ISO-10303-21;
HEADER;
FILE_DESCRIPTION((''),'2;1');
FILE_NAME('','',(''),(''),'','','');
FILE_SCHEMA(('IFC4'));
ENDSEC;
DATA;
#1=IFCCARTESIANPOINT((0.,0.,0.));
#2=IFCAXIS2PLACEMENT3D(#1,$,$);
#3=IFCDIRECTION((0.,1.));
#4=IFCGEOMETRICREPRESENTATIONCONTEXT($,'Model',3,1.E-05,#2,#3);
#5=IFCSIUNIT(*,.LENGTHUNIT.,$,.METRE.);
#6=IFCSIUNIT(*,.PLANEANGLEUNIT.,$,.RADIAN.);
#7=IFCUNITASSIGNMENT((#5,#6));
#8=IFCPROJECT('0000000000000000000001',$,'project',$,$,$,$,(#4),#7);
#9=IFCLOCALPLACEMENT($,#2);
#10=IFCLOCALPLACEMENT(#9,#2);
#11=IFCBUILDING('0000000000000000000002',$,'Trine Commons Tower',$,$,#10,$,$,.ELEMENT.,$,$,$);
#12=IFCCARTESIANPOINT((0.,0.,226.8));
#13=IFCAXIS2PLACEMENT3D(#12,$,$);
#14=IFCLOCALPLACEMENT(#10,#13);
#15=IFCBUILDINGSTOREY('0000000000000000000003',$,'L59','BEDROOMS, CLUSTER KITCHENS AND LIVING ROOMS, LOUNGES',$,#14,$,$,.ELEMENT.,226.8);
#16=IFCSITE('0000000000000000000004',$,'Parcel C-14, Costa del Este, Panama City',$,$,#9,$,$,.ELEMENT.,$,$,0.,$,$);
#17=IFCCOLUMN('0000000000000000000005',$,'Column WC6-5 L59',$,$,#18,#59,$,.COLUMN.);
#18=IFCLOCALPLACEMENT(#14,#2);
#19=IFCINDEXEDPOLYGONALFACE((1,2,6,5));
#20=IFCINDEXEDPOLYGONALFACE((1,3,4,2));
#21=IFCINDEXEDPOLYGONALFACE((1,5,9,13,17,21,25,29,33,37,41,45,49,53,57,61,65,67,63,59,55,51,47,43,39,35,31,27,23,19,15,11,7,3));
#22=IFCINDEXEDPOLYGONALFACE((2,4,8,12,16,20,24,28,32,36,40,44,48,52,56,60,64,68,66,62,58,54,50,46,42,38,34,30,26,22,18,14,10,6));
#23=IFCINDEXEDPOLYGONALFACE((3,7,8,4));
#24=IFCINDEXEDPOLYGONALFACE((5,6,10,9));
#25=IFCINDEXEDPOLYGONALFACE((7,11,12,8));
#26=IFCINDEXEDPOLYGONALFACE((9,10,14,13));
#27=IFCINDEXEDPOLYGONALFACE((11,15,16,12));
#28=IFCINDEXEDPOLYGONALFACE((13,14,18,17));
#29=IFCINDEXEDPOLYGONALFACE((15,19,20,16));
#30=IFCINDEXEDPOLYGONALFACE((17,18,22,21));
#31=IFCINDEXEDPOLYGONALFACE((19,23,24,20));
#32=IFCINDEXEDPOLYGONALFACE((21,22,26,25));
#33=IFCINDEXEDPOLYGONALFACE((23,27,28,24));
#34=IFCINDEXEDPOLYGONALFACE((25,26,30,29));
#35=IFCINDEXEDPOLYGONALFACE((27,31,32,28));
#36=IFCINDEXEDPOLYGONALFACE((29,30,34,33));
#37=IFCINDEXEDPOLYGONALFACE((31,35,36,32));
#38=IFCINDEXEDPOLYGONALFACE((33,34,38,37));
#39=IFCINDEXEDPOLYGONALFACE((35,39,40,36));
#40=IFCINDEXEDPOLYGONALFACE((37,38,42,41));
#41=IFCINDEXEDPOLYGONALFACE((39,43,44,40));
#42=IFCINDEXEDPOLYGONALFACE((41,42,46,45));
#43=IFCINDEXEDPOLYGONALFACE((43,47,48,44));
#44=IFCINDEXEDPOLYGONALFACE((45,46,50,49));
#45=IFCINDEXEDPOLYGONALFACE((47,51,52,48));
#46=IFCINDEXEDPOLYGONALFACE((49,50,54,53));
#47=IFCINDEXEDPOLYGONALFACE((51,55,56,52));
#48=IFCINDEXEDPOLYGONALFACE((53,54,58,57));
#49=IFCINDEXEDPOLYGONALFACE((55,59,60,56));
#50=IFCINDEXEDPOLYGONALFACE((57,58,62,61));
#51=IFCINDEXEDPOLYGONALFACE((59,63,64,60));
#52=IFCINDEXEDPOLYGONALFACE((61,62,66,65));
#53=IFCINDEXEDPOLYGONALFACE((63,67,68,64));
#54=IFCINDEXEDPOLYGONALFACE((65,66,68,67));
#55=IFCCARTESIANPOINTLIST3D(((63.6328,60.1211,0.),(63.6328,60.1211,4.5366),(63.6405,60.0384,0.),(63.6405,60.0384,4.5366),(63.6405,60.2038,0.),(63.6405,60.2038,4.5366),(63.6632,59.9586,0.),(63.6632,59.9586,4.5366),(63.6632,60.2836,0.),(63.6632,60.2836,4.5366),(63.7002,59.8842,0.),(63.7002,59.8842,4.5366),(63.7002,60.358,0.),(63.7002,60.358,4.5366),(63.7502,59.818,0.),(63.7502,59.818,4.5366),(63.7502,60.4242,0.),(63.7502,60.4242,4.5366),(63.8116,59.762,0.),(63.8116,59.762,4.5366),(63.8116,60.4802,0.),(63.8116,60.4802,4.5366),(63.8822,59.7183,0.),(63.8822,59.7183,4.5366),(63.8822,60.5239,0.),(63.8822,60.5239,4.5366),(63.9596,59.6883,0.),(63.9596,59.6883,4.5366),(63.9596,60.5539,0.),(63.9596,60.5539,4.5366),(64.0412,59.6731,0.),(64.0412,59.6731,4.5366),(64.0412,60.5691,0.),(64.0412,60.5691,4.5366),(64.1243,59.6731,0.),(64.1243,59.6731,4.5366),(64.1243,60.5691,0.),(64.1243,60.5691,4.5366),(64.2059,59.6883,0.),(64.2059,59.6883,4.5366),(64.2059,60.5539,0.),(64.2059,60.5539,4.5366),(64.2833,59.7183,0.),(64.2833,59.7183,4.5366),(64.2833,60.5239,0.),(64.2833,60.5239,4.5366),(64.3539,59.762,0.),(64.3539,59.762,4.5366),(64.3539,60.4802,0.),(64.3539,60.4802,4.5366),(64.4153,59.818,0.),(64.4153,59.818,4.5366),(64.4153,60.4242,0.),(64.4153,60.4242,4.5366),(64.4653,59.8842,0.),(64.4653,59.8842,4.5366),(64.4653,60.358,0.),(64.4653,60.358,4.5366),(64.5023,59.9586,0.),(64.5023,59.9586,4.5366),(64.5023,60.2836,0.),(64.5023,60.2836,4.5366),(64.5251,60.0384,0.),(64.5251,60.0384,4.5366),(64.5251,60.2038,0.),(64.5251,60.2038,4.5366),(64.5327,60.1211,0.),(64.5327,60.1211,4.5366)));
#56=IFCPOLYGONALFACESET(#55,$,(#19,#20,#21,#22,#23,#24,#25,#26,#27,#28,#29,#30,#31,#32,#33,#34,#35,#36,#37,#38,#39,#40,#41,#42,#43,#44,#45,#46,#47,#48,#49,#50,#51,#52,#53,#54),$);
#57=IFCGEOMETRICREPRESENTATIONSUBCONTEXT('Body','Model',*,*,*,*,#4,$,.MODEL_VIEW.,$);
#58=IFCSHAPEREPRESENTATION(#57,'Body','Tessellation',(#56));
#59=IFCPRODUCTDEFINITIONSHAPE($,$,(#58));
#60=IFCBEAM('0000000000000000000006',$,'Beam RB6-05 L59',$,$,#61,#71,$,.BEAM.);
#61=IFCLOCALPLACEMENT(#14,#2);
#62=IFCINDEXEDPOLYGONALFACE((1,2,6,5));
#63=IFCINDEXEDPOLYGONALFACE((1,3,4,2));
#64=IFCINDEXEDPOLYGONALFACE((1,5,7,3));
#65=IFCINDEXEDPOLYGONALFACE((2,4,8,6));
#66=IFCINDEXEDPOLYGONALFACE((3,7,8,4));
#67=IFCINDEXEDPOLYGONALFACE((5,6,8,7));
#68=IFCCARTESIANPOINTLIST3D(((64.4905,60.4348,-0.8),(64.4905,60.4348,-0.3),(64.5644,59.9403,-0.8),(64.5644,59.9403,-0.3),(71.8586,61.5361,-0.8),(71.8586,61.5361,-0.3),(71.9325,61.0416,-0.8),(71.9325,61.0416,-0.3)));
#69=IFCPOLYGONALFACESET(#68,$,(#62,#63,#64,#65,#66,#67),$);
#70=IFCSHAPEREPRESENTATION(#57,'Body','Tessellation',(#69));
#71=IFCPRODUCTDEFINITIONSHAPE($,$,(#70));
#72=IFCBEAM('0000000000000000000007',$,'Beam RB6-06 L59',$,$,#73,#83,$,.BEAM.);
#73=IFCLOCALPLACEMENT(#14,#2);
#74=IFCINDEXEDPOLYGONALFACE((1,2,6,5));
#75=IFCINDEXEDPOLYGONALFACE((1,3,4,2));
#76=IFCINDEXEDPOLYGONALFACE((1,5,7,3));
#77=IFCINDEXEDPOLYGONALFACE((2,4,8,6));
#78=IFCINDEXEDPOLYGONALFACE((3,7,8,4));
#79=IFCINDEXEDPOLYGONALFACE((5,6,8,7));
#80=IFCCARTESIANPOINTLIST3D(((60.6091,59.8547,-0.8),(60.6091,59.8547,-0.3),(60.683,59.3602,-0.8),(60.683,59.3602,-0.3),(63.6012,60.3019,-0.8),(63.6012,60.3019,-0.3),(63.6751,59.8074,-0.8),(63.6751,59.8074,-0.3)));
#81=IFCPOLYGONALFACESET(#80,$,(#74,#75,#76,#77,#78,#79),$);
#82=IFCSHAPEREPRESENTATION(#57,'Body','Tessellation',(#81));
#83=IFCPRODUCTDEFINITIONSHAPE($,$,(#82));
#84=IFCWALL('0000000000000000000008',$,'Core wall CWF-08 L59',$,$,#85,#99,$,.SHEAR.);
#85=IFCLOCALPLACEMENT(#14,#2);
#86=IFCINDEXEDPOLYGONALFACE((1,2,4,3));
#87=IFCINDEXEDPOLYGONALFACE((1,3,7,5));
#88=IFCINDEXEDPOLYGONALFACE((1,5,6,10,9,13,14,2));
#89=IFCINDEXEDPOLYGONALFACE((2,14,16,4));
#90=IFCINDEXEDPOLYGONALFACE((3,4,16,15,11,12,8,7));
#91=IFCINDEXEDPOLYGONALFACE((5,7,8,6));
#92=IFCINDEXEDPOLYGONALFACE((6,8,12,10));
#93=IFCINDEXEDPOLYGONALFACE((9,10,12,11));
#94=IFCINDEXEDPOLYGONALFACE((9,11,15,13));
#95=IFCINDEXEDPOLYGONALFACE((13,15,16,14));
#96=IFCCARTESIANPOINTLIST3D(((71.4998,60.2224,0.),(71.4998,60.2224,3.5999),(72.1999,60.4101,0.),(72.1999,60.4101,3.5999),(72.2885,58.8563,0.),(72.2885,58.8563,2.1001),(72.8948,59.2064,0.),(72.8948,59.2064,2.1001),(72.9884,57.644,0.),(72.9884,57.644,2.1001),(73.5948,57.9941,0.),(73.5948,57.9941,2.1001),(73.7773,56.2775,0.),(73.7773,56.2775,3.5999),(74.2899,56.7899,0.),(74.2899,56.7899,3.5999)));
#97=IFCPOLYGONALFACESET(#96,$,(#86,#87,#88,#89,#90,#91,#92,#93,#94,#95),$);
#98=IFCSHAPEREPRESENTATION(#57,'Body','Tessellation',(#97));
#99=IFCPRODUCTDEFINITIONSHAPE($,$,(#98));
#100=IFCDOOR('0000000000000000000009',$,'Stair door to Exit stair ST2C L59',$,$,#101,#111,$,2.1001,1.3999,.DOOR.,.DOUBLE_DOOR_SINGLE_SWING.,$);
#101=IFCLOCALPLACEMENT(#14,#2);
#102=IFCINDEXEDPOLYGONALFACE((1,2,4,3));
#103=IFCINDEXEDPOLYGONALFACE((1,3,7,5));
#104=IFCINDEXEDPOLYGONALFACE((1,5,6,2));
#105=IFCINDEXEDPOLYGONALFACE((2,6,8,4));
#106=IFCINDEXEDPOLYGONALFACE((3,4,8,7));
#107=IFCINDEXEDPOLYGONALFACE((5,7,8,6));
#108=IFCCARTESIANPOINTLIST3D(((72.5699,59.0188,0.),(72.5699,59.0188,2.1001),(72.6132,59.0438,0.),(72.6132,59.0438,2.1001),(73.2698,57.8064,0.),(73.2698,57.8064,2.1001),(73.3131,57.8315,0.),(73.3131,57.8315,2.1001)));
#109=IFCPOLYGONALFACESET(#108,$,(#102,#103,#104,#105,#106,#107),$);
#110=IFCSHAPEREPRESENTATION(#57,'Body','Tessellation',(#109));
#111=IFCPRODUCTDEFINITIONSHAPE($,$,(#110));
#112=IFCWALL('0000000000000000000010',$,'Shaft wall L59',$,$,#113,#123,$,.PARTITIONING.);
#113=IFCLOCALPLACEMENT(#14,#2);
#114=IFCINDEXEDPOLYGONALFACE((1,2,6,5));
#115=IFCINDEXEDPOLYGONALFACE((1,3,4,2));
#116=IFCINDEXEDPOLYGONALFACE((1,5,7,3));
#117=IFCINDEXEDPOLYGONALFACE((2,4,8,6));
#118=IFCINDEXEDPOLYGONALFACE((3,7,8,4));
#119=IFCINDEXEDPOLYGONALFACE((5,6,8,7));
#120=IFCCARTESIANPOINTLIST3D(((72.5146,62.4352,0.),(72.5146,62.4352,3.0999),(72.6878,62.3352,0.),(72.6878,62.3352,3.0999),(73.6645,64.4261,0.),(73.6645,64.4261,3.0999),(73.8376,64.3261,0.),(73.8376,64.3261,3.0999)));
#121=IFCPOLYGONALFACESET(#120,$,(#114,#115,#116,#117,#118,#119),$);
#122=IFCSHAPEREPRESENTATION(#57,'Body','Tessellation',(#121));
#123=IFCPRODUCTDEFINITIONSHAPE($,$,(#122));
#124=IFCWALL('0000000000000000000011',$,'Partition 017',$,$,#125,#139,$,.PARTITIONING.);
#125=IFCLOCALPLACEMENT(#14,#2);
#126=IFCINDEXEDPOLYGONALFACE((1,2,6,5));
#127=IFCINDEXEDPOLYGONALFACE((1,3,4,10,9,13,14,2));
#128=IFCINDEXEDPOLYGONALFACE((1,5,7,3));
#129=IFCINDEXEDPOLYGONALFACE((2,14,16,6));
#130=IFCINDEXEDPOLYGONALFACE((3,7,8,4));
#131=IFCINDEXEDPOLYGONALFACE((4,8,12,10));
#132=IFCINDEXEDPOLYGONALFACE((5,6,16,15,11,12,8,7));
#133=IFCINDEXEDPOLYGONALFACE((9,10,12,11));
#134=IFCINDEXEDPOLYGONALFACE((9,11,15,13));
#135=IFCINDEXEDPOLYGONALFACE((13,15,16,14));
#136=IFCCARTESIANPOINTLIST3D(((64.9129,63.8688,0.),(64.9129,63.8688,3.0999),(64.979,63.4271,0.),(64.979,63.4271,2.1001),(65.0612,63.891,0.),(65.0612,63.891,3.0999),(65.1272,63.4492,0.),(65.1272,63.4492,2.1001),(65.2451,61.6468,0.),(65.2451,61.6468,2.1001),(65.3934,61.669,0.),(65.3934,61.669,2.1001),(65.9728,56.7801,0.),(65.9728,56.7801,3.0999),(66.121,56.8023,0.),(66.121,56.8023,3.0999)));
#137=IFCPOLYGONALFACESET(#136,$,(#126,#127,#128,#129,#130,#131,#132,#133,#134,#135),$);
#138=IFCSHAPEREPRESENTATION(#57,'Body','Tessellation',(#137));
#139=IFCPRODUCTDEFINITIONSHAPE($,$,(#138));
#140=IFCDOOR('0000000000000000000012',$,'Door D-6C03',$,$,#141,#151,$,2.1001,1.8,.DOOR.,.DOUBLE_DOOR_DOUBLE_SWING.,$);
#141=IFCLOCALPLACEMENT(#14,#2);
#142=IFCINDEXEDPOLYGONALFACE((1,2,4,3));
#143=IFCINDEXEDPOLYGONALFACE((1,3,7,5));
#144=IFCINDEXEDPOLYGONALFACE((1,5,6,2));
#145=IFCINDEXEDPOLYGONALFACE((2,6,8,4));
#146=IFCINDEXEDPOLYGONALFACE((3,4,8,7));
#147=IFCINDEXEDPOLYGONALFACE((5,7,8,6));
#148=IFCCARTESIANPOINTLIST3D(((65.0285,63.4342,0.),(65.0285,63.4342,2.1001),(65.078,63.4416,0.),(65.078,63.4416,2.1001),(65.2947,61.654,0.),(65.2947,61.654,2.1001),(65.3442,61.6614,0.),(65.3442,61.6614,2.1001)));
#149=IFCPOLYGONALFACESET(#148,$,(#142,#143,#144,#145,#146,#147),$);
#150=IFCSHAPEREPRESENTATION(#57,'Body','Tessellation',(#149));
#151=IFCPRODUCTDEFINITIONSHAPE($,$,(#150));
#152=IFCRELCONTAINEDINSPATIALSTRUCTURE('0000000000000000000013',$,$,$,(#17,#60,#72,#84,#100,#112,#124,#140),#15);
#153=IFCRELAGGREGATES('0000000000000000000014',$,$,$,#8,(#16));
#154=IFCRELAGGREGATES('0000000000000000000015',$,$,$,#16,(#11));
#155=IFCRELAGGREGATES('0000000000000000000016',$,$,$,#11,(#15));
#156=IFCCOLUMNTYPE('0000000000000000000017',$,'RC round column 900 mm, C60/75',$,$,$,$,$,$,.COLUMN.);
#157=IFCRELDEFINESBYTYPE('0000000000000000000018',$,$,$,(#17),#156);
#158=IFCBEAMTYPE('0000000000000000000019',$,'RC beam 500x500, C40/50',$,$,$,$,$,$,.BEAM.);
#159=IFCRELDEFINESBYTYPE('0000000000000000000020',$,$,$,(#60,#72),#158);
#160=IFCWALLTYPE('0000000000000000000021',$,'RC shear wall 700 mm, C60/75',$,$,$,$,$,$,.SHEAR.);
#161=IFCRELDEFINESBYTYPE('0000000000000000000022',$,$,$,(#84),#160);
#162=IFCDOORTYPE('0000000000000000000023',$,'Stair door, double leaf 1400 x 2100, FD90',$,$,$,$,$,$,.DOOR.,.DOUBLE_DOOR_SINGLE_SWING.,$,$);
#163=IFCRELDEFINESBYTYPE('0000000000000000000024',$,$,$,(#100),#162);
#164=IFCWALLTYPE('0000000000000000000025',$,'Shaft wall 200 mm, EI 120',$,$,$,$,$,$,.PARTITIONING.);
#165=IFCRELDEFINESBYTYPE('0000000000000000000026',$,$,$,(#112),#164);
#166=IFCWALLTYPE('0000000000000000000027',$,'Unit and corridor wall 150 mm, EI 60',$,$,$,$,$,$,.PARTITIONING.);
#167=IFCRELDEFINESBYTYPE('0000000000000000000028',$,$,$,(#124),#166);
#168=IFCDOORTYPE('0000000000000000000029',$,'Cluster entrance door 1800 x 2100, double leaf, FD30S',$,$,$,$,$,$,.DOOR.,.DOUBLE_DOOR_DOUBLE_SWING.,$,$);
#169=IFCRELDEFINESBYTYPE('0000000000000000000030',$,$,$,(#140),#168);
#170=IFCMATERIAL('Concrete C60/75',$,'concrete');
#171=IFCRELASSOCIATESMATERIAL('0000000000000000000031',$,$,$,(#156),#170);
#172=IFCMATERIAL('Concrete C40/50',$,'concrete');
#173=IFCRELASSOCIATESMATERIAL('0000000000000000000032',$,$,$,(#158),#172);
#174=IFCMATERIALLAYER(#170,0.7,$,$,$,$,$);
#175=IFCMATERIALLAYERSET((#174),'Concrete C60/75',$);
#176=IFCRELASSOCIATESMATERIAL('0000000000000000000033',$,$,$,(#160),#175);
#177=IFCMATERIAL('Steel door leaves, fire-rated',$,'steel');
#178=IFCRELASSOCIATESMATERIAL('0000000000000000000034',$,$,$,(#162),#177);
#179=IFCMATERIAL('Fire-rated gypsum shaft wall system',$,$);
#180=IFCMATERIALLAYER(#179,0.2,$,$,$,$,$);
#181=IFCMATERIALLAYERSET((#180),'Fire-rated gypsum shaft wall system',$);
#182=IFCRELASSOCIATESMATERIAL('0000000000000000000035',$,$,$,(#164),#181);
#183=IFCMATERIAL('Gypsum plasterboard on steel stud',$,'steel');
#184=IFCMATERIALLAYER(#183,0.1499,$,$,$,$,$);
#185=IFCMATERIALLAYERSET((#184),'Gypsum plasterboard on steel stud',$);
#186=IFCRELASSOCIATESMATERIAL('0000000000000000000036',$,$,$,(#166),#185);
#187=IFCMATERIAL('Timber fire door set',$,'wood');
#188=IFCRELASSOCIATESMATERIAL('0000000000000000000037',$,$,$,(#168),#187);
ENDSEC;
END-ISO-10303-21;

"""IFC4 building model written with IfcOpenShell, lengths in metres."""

from ifc_helpers import new_model, si_unit, direction, frame, frame_2d, origin, origin_2d, place, context, subcontext, project, spatial, polyline, rectangle, circle, outline, extrude, material, layer, layer_set, material_profile, profile_set, type_object, element, fill, save


model = new_model("IFC4")

# Units and contexts
model_context = context("Model", 3, precision=1e-05, world=origin(), true_north=direction((0.0, 1.0)))
body_context = subcontext(model_context, "Body", "Model", "MODEL_VIEW")
ifc_project = project(units=[si_unit("LENGTHUNIT", "METRE"), si_unit("PLANEANGLEUNIT", "RADIAN")], contexts=[model_context])

# Site, building, storey
site_placement = place(None, origin())
site = spatial("IfcSite", under=ifc_project, at=site_placement, Name="Parcel C-14, Costa del Este, Panama City", CompositionType="ELEMENT", RefElevation=0.0)
building_placement = place(site_placement, origin())
building = spatial("IfcBuilding", under=site, at=building_placement, Name="Trine Commons Tower", CompositionType="ELEMENT")
storey_placement = place(building_placement, frame((0.0, 0.0, 226.8)))
storey = spatial("IfcBuildingStorey", under=building, at=storey_placement, Name="L59", Description="BEDROOMS, CLUSTER KITCHENS AND LIVING ROOMS, LOUNGES", CompositionType="ELEMENT", Elevation=226.8)

# Column
ifc_material_1 = material(Name="Concrete C60/75", Category="concrete")
ifc_material_profile_1 = material_profile(ifc_material_1, circle(Radius=0.45, at=origin_2d()), Name="RC round 900")
ifc_profile_set_1 = profile_set([ifc_material_profile_1], Name="Concrete C60/75")
column_type = type_object("IfcColumnType", Name="RC round column 900 mm, C60/75", PredefinedType="COLUMN", material=ifc_profile_set_1)
column_placement = place(storey_placement, frame((64.0828, 60.1211, 0.0), z_axis=(0.0, 0.0, 1.0), x_axis=(1.0, 0.0, 0.0)))
element("IfcColumn", 1, at=column_placement, inside=storey, type_object=column_type, Name="Column WC6-5 L59", PredefinedType="COLUMN", context=body_context, shape_type="SweptSolid", body=[
    extrude(circle(Radius=0.45, at=origin_2d()), origin(), (0.0, 0.0, 1.0), 4.5366),
])

# Beams
ifc_material_2 = material(Name="Concrete C40/50", Category="concrete")
ifc_material_profile_2 = material_profile(ifc_material_2, rectangle(XDim=0.5, YDim=0.5, at=origin_2d()), Name="RC 500x500")
ifc_profile_set_2 = profile_set([ifc_material_profile_2], Name="Concrete C40/50")
beam_type = type_object("IfcBeamType", Name="RC beam 500x500, C40/50", PredefinedType="BEAM", material=ifc_profile_set_2)
beam_1_placement = place(storey_placement, frame((71.8955, 61.2888, -0.55), z_axis=(-0.989013, -0.147828, 0.0), x_axis=(0.147828, -0.989013, 0.0)))
element("IfcBeam", 2, at=beam_1_placement, inside=storey, type_object=beam_type, Name="Beam RB6-05 L59", PredefinedType="BEAM", context=body_context, shape_type="SweptSolid", body=[
    extrude(rectangle(XDim=0.5, YDim=0.5, at=origin_2d()), origin(), (0.0, 0.0, 1.0), 7.45),
])
beam_2_placement = place(storey_placement, frame((63.6382, 60.0547, -0.55), z_axis=(-0.989012, -0.147835, 0.0), x_axis=(0.147835, -0.989012, 0.0)))
element("IfcBeam", 3, at=beam_2_placement, inside=storey, type_object=beam_type, Name="Beam RB6-06 L59", PredefinedType="BEAM", context=body_context, shape_type="SweptSolid", body=[
    extrude(rectangle(XDim=0.5, YDim=0.5, at=origin_2d()), origin(), (0.0, 0.0, 1.0), 3.0254),
])

# Wall, opening, door
ifc_layer_1 = layer(ifc_material_1, 0.7)
ifc_layer_set_1 = layer_set([ifc_layer_1], Name="Concrete C60/75")
wall_type_1 = type_object("IfcWallType", Name="RC shear wall 700 mm, C60/75", PredefinedType="SHEAR", material=ifc_layer_set_1)
wall_1_placement = place(storey_placement, frame((71.803, 60.3975, 0.0), z_axis=(0.0, 0.0, 1.0), x_axis=(0.499984, -0.866035, 0.0)))
wall_1 = element("IfcWall", 4, at=wall_1_placement, inside=storey, type_object=wall_type_1, Name="Core wall CWF-08 L59", PredefinedType="SHEAR", context=body_context, shape_type="SweptSolid", body=[
    extrude(outline(polyline([(0.0, -0.3501), (4.5552, -0.3501), (4.3677, 0.3501), (0.1875, 0.3501), (0.0, -0.3501)])), origin(), (0.0, 0.0, 1.0), 3.5999),
])
opening_1_placement = place(wall_1_placement, frame((1.5774, 0.0, 0.0)))
opening_1 = element("IfcOpeningElement", 5, at=opening_1_placement, cuts=wall_1, PredefinedType="OPENING", context=body_context, shape_type="SweptSolid", body=[
    extrude(rectangle(XDim=1.3999, YDim=2.1001, at=frame_2d((0.7, 1.05))), frame((0.0, 0.3599, 0.0), z_axis=(0.0, -1.0, 0.0), x_axis=(1.0, 0.0, 0.0)), (0.0, 0.0, 1.0), 0.72),
])
ifc_material_3 = material(Name="Steel door leaves, fire-rated", Category="steel")
door_type_1 = type_object("IfcDoorType", Name="Stair door, double leaf 1400 x 2100, FD90", OperationType="DOUBLE_DOOR_SINGLE_SWING", PredefinedType="DOOR", material=ifc_material_3)
door_1_placement = place(opening_1_placement, origin())
door_1 = element("IfcDoor", 6, at=door_1_placement, inside=storey, type_object=door_type_1, Name="Stair door to Exit stair ST2C L59", OperationType="DOUBLE_DOOR_SINGLE_SWING", OverallHeight=2.1001, OverallWidth=1.3999, PredefinedType="DOOR", context=body_context, shape_type="SweptSolid", body=[
    extrude(rectangle(XDim=1.3999, YDim=2.1001, at=frame_2d((0.7, 1.05))), frame((0.0, 0.0249, 0.0), z_axis=(0.0, -1.0, 0.0), x_axis=(1.0, 0.0, 0.0)), (0.0, 0.0, 1.0), 0.05),
])
fill(opening_1, door_1)

# Wall
ifc_material_4 = material(Name="Fire-rated gypsum shaft wall system")
ifc_layer_2 = layer(ifc_material_4, 0.2)
ifc_layer_set_2 = layer_set([ifc_layer_2], Name="Fire-rated gypsum shaft wall system")
wall_type_2 = type_object("IfcWallType", Name="Shaft wall 200 mm, EI 120", PredefinedType="PARTITIONING", material=ifc_layer_set_2)
wall_2_placement = place(storey_placement, frame((73.751, 64.376, 0.0), z_axis=(0.0, 0.0, 1.0), x_axis=(-0.500136, -0.865947, 0.0)))
element("IfcWall", 7, at=wall_2_placement, inside=storey, type_object=wall_type_2, Name="Shaft wall L59", PredefinedType="PARTITIONING", context=body_context, shape_type="SweptSolid", body=[
    extrude(rectangle(XDim=2.2991, YDim=0.2, at=frame_2d((1.1494, 0.0))), origin(), (0.0, 0.0, 1.0), 3.0999),
])

# Wall, opening, door
ifc_material_5 = material(Name="Gypsum plasterboard on steel stud", Category="steel")
ifc_layer_3 = layer(ifc_material_5, 0.1499)
ifc_layer_set_3 = layer_set([ifc_layer_3], Name="Gypsum plasterboard on steel stud")
wall_type_3 = type_object("IfcWallType", Name="Unit and corridor wall 150 mm, EI 60", PredefinedType="PARTITIONING", material=ifc_layer_set_3)
wall_3_placement = place(storey_placement, frame((64.9871, 63.8799, 0.0), z_axis=(0.0, 0.0, 1.0), x_axis=(0.147866, -0.989007, 0.0)))
wall_3 = element("IfcWall", 8, at=wall_3_placement, inside=storey, type_object=wall_type_3, Name="Partition 017", PredefinedType="PARTITIONING", context=body_context, shape_type="SweptSolid", body=[
    extrude(rectangle(XDim=7.1675, YDim=0.1499, at=frame_2d((3.5837, 0.0))), origin(), (0.0, 0.0, 1.0), 3.0999),
])
opening_2_placement = place(wall_3_placement, frame((0.4468, 0.0, 0.0)))
opening_2 = element("IfcOpeningElement", 9, at=opening_2_placement, cuts=wall_3, PredefinedType="OPENING", context=body_context, shape_type="SweptSolid", body=[
    extrude(rectangle(XDim=1.8, YDim=2.1001, at=frame_2d((0.8999, 1.05))), frame((0.0, 0.085, 0.0), z_axis=(0.0, -1.0, 0.0), x_axis=(1.0, 0.0, 0.0)), (0.0, 0.0, 1.0), 0.1699),
])
ifc_material_6 = material(Name="Timber fire door set", Category="wood")
door_type_2 = type_object("IfcDoorType", Name="Cluster entrance door 1800 x 2100, double leaf, FD30S", OperationType="DOUBLE_DOOR_DOUBLE_SWING", PredefinedType="DOOR", material=ifc_material_6)
door_2_placement = place(opening_2_placement, frame((1.8, 0.0, 0.0), z_axis=(0.0, 0.0, 1.0), x_axis=(-1.0, 0.0, 0.0)))
door_2 = element("IfcDoor", 10, at=door_2_placement, inside=storey, type_object=door_type_2, Name="Door D-6C03", OperationType="DOUBLE_DOOR_DOUBLE_SWING", OverallHeight=2.1001, OverallWidth=1.8, PredefinedType="DOOR", context=body_context, shape_type="SweptSolid", body=[
    extrude(rectangle(XDim=1.8, YDim=2.1001, at=frame_2d((0.8999, 1.05))), frame((0.0, 0.0249, 0.0), z_axis=(0.0, -1.0, 0.0), x_axis=(1.0, 0.0, 0.0)), (0.0, 0.0, 1.0), 0.05),
])
fill(opening_2, door_2)

save(model, "model.ifc")
